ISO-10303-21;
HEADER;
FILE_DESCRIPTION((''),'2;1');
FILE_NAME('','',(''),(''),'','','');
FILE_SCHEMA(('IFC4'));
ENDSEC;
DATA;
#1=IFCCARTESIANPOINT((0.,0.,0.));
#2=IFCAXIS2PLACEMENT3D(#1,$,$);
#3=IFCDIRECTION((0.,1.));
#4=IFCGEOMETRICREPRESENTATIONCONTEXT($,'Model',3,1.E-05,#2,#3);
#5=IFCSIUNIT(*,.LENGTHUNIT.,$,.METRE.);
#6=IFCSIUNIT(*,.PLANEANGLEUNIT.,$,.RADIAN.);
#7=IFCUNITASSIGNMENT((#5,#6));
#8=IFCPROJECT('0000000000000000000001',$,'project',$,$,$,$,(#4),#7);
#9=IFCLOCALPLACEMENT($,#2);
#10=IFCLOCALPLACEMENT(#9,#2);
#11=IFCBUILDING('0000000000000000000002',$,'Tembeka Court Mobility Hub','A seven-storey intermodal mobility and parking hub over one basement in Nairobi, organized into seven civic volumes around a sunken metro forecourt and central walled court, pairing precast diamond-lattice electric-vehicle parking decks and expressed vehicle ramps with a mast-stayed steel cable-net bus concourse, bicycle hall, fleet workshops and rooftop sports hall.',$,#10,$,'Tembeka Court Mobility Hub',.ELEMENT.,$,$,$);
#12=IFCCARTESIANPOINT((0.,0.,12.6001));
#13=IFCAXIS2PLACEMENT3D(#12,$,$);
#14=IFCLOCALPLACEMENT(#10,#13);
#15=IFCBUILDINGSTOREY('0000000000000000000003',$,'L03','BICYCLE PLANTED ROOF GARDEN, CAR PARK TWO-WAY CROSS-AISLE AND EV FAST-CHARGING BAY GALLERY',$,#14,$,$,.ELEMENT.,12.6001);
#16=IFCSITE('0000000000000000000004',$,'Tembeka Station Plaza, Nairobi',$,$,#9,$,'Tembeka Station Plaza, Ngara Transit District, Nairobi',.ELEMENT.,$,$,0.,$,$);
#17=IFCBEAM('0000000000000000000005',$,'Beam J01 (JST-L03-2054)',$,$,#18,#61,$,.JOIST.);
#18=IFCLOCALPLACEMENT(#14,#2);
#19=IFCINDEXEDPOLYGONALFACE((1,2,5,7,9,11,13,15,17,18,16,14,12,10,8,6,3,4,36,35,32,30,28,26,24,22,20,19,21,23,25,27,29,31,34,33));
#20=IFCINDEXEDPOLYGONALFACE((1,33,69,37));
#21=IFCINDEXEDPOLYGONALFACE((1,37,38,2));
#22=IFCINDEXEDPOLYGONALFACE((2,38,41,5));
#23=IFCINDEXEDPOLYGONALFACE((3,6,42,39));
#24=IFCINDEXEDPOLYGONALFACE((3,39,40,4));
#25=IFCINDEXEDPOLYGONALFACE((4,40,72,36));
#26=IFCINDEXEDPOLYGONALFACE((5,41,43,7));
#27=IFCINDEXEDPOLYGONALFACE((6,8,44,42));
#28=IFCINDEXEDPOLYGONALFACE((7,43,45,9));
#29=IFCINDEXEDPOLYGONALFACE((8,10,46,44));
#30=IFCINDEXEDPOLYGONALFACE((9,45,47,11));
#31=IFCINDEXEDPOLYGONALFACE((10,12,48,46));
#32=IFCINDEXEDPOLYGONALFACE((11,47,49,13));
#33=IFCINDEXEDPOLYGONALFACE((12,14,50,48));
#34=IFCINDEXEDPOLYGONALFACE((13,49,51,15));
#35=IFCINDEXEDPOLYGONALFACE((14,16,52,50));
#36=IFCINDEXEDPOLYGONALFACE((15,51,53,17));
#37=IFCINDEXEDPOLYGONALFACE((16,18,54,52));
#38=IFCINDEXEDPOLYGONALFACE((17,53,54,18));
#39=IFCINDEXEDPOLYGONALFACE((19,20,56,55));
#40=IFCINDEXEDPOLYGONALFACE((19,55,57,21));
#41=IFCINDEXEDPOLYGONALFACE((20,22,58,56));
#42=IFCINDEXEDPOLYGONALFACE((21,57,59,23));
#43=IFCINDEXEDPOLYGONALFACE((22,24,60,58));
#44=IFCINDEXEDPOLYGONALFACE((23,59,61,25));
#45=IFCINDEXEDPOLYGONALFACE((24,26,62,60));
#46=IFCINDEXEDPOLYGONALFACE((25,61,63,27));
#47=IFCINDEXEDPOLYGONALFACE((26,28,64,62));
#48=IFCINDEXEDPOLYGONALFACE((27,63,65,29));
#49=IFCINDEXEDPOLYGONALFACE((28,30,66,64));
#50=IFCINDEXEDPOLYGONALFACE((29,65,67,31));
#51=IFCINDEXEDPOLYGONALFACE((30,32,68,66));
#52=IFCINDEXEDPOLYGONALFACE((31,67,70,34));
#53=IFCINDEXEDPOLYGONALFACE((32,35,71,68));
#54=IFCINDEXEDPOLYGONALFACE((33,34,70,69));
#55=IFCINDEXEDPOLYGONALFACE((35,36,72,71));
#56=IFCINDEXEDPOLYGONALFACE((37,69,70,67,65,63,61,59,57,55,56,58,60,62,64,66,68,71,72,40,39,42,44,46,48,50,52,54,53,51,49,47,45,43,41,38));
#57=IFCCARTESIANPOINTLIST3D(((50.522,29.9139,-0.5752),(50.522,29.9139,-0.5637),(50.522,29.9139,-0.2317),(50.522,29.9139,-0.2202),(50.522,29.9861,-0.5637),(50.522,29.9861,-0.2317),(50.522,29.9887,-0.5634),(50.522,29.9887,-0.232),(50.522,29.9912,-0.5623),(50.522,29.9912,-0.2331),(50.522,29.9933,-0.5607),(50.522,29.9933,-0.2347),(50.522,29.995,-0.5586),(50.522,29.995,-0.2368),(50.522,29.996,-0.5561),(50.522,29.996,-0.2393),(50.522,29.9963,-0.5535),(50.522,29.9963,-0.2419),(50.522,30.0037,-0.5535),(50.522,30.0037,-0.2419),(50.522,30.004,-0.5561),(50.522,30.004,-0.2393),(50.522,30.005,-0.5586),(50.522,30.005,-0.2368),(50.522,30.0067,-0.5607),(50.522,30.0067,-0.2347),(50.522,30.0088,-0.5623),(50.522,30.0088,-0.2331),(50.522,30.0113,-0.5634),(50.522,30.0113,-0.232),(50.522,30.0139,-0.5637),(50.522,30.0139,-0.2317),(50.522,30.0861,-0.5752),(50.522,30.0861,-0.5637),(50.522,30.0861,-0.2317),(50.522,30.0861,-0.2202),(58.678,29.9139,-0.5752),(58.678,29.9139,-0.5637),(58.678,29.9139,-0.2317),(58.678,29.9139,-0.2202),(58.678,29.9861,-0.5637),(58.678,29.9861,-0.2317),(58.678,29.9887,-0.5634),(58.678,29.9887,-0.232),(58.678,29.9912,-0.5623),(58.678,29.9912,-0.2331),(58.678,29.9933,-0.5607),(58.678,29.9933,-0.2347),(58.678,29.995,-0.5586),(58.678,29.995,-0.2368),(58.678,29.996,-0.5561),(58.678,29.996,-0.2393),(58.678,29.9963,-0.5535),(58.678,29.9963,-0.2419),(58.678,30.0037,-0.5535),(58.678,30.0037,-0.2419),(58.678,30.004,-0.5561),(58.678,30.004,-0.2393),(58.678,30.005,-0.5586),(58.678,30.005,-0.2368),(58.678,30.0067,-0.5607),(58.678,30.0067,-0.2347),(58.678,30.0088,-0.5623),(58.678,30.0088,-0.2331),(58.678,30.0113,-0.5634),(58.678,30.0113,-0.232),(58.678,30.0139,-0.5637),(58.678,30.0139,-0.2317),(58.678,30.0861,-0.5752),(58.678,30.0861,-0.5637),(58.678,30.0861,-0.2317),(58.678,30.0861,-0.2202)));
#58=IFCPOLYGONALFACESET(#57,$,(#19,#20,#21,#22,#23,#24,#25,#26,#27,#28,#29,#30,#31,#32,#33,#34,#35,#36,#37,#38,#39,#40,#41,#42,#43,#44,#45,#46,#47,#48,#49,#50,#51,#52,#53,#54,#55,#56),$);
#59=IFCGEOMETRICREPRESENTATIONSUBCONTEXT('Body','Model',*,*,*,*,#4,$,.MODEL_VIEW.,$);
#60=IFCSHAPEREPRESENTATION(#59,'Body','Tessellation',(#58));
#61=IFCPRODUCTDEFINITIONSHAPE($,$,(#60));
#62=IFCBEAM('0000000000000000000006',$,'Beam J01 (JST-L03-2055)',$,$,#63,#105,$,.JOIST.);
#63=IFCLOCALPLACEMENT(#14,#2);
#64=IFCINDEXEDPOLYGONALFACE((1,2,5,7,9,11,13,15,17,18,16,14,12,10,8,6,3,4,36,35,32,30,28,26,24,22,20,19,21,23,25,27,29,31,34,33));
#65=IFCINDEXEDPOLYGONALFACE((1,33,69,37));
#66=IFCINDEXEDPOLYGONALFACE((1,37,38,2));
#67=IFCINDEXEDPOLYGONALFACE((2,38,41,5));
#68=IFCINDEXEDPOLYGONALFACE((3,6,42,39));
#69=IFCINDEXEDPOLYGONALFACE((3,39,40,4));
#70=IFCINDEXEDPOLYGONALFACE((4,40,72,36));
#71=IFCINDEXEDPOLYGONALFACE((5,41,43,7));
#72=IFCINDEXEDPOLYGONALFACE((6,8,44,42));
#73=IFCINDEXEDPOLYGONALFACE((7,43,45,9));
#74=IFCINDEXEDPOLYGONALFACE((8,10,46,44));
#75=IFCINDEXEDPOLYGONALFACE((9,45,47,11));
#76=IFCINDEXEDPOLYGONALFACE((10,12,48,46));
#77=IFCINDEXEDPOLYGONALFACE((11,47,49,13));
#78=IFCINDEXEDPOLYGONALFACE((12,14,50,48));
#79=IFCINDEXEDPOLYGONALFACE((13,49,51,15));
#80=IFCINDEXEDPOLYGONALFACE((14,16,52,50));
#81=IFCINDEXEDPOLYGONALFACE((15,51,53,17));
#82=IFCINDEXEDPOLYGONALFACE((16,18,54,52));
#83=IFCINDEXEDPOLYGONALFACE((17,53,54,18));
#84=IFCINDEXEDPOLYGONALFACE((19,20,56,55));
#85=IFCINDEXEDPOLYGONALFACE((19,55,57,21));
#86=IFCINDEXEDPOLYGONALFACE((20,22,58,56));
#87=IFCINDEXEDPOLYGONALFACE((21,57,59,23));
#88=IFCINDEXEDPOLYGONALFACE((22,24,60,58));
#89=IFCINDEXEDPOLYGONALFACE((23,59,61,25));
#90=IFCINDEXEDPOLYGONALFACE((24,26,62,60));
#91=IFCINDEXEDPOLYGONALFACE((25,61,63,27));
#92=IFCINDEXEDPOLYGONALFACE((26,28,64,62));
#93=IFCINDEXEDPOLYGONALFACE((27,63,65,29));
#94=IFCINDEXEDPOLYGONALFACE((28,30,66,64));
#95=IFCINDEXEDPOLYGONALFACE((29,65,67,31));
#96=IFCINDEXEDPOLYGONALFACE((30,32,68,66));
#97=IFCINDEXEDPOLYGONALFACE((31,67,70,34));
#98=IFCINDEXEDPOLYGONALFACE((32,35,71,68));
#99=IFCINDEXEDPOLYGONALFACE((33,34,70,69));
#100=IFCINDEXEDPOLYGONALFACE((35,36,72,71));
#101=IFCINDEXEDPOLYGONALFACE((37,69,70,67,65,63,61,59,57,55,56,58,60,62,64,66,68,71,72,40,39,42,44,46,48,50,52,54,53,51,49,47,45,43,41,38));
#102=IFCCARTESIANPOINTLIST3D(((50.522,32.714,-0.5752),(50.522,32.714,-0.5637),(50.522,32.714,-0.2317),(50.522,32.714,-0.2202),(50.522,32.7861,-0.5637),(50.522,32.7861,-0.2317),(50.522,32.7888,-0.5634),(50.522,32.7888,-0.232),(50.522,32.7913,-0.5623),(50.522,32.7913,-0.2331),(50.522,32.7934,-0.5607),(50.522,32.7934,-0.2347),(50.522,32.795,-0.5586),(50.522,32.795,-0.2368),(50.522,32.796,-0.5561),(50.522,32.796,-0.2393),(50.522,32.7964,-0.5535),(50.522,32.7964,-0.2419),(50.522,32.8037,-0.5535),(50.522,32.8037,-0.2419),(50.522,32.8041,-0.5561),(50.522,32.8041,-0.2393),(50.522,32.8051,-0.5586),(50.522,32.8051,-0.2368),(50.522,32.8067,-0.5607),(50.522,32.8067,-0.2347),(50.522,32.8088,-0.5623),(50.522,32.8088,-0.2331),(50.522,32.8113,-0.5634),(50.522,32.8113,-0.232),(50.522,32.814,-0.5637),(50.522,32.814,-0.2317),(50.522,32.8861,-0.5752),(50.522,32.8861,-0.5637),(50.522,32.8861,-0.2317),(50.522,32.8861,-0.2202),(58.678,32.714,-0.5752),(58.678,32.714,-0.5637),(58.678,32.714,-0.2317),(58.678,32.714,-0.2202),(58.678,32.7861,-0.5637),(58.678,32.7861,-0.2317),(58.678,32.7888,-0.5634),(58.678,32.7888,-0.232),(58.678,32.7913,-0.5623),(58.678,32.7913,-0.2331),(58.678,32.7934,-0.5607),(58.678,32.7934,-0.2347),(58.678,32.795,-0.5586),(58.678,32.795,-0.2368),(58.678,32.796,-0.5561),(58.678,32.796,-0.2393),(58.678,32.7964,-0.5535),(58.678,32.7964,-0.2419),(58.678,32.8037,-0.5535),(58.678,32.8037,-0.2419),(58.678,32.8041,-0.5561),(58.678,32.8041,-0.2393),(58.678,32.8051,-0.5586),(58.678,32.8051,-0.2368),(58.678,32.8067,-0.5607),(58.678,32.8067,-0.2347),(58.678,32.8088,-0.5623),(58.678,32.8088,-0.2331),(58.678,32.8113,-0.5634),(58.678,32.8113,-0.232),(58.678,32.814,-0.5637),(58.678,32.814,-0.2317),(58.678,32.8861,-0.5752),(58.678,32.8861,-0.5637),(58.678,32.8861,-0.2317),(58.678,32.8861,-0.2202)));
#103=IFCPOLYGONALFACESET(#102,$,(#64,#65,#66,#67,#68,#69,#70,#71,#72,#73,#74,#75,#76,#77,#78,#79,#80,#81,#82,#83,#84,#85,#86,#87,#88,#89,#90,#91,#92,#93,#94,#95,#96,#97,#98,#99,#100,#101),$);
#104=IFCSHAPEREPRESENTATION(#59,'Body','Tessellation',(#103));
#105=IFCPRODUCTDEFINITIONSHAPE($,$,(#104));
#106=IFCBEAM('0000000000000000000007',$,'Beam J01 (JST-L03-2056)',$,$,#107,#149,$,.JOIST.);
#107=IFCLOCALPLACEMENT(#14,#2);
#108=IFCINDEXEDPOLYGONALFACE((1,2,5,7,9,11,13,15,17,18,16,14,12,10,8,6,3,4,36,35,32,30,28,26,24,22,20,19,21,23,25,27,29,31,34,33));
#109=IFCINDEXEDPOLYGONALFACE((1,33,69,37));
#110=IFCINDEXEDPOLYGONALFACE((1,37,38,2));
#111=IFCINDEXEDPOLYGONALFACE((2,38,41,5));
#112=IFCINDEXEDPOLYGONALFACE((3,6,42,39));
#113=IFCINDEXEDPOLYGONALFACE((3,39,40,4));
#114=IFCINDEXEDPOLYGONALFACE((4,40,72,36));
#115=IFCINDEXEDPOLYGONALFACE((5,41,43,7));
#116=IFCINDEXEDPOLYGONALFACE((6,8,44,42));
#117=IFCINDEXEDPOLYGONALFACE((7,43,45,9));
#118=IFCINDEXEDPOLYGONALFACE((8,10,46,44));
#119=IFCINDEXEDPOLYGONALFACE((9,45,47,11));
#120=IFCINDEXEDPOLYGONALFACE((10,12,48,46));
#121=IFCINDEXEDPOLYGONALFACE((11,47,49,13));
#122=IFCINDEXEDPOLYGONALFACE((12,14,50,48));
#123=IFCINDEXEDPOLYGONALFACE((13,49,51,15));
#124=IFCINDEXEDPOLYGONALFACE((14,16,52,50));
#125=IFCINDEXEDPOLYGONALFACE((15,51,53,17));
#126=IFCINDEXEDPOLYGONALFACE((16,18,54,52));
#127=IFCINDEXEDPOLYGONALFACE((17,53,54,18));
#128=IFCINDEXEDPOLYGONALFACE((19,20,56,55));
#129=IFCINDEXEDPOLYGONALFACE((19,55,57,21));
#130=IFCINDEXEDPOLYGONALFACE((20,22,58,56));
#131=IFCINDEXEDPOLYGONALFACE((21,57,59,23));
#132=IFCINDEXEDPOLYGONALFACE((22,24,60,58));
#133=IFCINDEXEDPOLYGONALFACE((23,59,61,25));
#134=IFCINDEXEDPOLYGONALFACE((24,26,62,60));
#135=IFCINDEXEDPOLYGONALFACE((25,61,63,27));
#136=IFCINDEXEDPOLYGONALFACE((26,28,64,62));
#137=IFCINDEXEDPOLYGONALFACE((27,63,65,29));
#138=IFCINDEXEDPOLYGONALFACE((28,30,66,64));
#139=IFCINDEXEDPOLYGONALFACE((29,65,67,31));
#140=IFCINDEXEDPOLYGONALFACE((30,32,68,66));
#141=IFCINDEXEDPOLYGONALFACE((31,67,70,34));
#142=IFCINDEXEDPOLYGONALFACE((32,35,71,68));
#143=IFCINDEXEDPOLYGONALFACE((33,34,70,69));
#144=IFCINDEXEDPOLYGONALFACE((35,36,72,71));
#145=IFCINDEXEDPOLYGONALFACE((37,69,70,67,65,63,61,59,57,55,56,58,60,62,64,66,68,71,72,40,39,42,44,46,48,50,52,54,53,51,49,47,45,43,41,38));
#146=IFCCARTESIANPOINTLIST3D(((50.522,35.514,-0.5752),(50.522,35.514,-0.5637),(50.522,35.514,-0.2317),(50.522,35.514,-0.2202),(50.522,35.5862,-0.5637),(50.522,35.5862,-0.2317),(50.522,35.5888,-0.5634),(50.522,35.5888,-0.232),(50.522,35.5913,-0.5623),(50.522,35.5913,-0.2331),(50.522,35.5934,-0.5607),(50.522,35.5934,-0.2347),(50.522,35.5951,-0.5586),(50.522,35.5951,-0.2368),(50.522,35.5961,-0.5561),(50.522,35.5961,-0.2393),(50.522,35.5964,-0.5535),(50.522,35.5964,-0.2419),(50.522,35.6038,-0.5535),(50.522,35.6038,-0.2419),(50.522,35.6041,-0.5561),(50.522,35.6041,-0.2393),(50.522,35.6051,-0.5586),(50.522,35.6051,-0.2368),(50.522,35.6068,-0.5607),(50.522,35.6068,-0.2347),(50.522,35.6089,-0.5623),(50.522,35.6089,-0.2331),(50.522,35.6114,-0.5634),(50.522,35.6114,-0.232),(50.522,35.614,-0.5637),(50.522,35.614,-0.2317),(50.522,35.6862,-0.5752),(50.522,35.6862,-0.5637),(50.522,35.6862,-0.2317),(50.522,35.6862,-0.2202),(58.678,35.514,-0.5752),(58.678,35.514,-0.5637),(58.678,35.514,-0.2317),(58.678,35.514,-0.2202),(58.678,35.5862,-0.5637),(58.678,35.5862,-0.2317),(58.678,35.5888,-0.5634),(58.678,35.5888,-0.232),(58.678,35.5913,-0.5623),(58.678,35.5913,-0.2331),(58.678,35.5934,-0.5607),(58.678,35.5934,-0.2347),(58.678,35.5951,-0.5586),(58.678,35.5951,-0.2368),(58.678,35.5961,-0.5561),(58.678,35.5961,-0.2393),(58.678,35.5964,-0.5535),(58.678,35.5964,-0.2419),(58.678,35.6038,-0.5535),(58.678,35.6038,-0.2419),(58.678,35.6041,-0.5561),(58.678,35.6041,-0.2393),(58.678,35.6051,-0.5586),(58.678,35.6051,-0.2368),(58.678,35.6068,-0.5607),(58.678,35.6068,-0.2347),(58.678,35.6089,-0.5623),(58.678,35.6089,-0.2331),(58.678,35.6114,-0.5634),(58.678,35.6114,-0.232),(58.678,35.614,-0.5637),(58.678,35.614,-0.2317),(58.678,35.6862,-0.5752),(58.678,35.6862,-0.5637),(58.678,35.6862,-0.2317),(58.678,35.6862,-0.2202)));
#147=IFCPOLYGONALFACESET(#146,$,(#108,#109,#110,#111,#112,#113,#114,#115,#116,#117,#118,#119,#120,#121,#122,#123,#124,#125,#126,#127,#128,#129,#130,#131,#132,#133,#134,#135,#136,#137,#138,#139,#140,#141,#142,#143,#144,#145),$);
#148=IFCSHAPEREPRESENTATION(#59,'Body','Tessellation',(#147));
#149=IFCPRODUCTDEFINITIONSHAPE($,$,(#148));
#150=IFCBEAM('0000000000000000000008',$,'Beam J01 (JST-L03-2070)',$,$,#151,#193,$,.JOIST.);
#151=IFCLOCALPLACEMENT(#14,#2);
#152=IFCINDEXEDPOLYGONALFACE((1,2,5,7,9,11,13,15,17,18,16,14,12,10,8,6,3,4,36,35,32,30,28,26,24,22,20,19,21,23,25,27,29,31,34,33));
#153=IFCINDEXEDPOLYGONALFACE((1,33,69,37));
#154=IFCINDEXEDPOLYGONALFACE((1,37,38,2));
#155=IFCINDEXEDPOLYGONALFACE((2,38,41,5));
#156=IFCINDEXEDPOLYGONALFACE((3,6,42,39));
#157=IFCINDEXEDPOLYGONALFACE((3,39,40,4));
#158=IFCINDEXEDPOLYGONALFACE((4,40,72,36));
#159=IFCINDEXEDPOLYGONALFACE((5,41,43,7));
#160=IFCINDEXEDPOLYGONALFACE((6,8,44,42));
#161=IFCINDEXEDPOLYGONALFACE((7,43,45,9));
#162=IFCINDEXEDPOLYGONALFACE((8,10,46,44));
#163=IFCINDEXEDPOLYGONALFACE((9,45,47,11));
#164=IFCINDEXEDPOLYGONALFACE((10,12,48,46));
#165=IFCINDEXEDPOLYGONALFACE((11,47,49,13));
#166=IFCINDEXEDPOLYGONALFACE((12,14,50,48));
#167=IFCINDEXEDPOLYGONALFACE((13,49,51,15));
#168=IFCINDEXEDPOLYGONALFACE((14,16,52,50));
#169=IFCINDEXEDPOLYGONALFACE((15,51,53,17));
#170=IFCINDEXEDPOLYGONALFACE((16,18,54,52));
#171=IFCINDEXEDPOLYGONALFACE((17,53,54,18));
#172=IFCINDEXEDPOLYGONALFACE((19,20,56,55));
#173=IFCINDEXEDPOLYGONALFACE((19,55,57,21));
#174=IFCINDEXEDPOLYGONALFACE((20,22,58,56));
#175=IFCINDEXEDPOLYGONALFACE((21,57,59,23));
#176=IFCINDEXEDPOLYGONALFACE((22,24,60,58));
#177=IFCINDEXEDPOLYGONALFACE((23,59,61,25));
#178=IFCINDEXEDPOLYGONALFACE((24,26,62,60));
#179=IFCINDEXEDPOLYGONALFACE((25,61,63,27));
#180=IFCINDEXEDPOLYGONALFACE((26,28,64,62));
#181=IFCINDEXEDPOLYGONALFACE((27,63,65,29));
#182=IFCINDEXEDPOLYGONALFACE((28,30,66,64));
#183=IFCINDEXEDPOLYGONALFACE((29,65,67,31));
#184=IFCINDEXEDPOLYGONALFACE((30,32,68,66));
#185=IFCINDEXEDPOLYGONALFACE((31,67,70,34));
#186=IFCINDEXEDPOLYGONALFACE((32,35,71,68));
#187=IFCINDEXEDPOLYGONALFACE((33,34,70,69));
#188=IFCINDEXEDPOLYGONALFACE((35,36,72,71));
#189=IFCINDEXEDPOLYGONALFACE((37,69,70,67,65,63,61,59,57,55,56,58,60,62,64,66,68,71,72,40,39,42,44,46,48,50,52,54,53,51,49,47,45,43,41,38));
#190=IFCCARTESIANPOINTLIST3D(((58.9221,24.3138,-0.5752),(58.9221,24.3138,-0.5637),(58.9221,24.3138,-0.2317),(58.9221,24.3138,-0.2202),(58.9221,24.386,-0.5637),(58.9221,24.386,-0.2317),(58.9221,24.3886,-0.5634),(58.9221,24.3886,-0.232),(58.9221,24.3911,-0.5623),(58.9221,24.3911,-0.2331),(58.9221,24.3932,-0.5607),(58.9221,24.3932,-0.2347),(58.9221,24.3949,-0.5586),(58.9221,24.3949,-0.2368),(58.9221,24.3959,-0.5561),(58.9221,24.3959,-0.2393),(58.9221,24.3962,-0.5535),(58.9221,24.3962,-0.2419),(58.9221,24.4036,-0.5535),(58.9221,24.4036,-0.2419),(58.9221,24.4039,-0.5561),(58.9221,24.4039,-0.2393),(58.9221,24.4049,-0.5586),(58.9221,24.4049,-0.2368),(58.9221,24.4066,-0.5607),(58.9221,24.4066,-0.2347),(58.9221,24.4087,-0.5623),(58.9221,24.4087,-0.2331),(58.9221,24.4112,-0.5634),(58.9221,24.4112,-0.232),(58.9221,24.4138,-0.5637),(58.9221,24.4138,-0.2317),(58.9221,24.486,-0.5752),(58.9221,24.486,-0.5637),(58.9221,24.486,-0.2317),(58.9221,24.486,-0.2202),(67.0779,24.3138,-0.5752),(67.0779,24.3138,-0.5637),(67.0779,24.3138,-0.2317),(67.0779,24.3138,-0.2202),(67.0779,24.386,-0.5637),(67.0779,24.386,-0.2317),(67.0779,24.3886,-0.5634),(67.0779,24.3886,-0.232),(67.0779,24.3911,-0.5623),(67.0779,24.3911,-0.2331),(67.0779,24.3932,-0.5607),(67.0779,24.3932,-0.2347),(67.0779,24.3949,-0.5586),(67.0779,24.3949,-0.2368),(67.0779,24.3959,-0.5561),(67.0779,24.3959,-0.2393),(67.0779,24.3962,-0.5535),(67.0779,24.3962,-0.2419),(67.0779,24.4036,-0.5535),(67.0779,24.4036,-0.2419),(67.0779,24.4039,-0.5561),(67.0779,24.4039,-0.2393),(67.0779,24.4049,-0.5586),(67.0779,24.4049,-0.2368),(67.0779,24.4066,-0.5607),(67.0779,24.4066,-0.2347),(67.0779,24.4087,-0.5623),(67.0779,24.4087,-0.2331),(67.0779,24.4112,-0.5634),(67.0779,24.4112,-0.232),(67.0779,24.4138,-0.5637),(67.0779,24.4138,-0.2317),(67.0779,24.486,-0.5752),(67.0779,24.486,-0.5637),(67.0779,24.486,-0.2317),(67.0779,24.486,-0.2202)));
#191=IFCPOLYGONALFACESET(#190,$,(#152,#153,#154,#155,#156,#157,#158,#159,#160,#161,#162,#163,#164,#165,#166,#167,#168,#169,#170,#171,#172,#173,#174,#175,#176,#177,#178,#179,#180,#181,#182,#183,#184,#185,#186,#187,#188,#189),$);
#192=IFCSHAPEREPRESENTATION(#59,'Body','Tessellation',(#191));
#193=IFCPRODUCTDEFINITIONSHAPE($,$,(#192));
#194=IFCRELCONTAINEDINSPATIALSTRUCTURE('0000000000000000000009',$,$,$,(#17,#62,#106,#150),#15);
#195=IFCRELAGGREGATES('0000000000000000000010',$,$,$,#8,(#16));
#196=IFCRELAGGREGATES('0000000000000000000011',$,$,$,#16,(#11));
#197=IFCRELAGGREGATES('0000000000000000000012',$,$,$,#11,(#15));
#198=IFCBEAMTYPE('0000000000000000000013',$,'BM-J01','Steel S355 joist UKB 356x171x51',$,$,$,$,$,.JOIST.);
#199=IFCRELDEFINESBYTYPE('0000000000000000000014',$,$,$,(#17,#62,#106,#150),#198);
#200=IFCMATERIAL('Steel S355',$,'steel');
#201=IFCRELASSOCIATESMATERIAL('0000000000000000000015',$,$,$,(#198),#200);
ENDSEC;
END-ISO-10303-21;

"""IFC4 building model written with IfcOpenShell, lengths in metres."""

from ifc_helpers import new_model, si_unit, direction, frame, origin, origin_2d, place, context, subcontext, project, spatial, i_section, extrude, material, material_profile, profile_set, type_object, element, save


model = new_model("IFC4")

# Units and contexts
model_context = context("Model", 3, precision=1e-05, world=origin(), true_north=direction((0.0, 1.0)))
body_context = subcontext(model_context, "Body", "Model", "MODEL_VIEW")
ifc_project = project(units=[si_unit("LENGTHUNIT", "METRE"), si_unit("PLANEANGLEUNIT", "RADIAN")], contexts=[model_context])

# Site, building, storey
site_placement = place(None, origin())
site = spatial("IfcSite", under=ifc_project, at=site_placement, Name="Tembeka Station Plaza, Nairobi", LongName="Tembeka Station Plaza, Ngara Transit District, Nairobi", CompositionType="ELEMENT", RefElevation=0.0)
building_placement = place(site_placement, origin())
building = spatial("IfcBuilding", under=site, at=building_placement, Name="Tembeka Court Mobility Hub", Description="A seven-storey intermodal mobility and parking hub over one basement in Nairobi, organized into seven civic volumes around a sunken metro forecourt and central walled court, pairing precast diamond-lattice electric-vehicle parking decks and expressed vehicle ramps with a mast-stayed steel cable-net bus concourse, bicycle hall, fleet workshops and rooftop sports hall.", LongName="Tembeka Court Mobility Hub", CompositionType="ELEMENT")
storey_placement = place(building_placement, frame((0.0, 0.0, 12.6001)))
storey = spatial("IfcBuildingStorey", under=building, at=storey_placement, Name="L03", Description="BICYCLE PLANTED ROOF GARDEN, CAR PARK TWO-WAY CROSS-AISLE AND EV FAST-CHARGING BAY GALLERY", CompositionType="ELEMENT", Elevation=12.6001)

# Shared definitions
ifc_material_1 = material(Name="Steel S355", Category="steel")

# Beams
ifc_material_profile_1 = material_profile(ifc_material_1, i_section(OverallWidth=0.1721, OverallDepth=0.355, WebThickness=0.0073, FlangeThickness=0.0115, FilletRadius=0.0103, at=origin_2d()), Name="UKB 356x171x51")
ifc_profile_set_1 = profile_set([ifc_material_profile_1], Name="Steel S355")
beam_type_1 = type_object("IfcBeamType", Name="BM-J01", Description="Steel S355 joist UKB 356x171x51", PredefinedType="JOIST", material=ifc_profile_set_1)
for number, where, z_axis, x_axis, name in (
    (1, (50.522, 30.0, -0.3977), (1.0, 0.0, 0.0), (0.0, 1.0, 0.0), "Beam J01 (JST-L03-2054)"),
    (2, (50.522, 32.8, -0.3977), (1.0, 0.0, 0.0), (0.0, 1.0, 0.0), "Beam J01 (JST-L03-2055)"),
    (3, (50.522, 35.6001, -0.3977), (1.0, 0.0, 0.0), (0.0, 1.0, 0.0), "Beam J01 (JST-L03-2056)"),
):
    element("IfcBeam", number, at=place(storey_placement, frame(where, z_axis=z_axis, x_axis=x_axis)), inside=storey, type_object=beam_type_1, Name=name, PredefinedType="JOIST", context=body_context, shape_type="SweptSolid", body=[
        extrude(i_section(OverallWidth=0.1721, OverallDepth=0.355, WebThickness=0.0073, FlangeThickness=0.0115, FilletRadius=0.0103, at=origin_2d()), origin(), (0.0, 0.0, 1.0), 8.156),
    ])
for number, where, z_axis, x_axis, name in (
    (4, (58.9221, 24.3999, -0.3977), (1.0, 0.0, 0.0), (0.0, 1.0, 0.0), "Beam J01 (JST-L03-2070)"),
):
    element("IfcBeam", number, at=place(storey_placement, frame(where, z_axis=z_axis, x_axis=x_axis)), inside=storey, type_object=beam_type_1, Name=name, PredefinedType="JOIST", context=body_context, shape_type="SweptSolid", body=[
        extrude(i_section(OverallWidth=0.1721, OverallDepth=0.355, WebThickness=0.0073, FlangeThickness=0.0115, FilletRadius=0.0103, at=origin_2d()), origin(), (0.0, 0.0, 1.0), 8.1558),
    ])

save(model, "model.ifc")
